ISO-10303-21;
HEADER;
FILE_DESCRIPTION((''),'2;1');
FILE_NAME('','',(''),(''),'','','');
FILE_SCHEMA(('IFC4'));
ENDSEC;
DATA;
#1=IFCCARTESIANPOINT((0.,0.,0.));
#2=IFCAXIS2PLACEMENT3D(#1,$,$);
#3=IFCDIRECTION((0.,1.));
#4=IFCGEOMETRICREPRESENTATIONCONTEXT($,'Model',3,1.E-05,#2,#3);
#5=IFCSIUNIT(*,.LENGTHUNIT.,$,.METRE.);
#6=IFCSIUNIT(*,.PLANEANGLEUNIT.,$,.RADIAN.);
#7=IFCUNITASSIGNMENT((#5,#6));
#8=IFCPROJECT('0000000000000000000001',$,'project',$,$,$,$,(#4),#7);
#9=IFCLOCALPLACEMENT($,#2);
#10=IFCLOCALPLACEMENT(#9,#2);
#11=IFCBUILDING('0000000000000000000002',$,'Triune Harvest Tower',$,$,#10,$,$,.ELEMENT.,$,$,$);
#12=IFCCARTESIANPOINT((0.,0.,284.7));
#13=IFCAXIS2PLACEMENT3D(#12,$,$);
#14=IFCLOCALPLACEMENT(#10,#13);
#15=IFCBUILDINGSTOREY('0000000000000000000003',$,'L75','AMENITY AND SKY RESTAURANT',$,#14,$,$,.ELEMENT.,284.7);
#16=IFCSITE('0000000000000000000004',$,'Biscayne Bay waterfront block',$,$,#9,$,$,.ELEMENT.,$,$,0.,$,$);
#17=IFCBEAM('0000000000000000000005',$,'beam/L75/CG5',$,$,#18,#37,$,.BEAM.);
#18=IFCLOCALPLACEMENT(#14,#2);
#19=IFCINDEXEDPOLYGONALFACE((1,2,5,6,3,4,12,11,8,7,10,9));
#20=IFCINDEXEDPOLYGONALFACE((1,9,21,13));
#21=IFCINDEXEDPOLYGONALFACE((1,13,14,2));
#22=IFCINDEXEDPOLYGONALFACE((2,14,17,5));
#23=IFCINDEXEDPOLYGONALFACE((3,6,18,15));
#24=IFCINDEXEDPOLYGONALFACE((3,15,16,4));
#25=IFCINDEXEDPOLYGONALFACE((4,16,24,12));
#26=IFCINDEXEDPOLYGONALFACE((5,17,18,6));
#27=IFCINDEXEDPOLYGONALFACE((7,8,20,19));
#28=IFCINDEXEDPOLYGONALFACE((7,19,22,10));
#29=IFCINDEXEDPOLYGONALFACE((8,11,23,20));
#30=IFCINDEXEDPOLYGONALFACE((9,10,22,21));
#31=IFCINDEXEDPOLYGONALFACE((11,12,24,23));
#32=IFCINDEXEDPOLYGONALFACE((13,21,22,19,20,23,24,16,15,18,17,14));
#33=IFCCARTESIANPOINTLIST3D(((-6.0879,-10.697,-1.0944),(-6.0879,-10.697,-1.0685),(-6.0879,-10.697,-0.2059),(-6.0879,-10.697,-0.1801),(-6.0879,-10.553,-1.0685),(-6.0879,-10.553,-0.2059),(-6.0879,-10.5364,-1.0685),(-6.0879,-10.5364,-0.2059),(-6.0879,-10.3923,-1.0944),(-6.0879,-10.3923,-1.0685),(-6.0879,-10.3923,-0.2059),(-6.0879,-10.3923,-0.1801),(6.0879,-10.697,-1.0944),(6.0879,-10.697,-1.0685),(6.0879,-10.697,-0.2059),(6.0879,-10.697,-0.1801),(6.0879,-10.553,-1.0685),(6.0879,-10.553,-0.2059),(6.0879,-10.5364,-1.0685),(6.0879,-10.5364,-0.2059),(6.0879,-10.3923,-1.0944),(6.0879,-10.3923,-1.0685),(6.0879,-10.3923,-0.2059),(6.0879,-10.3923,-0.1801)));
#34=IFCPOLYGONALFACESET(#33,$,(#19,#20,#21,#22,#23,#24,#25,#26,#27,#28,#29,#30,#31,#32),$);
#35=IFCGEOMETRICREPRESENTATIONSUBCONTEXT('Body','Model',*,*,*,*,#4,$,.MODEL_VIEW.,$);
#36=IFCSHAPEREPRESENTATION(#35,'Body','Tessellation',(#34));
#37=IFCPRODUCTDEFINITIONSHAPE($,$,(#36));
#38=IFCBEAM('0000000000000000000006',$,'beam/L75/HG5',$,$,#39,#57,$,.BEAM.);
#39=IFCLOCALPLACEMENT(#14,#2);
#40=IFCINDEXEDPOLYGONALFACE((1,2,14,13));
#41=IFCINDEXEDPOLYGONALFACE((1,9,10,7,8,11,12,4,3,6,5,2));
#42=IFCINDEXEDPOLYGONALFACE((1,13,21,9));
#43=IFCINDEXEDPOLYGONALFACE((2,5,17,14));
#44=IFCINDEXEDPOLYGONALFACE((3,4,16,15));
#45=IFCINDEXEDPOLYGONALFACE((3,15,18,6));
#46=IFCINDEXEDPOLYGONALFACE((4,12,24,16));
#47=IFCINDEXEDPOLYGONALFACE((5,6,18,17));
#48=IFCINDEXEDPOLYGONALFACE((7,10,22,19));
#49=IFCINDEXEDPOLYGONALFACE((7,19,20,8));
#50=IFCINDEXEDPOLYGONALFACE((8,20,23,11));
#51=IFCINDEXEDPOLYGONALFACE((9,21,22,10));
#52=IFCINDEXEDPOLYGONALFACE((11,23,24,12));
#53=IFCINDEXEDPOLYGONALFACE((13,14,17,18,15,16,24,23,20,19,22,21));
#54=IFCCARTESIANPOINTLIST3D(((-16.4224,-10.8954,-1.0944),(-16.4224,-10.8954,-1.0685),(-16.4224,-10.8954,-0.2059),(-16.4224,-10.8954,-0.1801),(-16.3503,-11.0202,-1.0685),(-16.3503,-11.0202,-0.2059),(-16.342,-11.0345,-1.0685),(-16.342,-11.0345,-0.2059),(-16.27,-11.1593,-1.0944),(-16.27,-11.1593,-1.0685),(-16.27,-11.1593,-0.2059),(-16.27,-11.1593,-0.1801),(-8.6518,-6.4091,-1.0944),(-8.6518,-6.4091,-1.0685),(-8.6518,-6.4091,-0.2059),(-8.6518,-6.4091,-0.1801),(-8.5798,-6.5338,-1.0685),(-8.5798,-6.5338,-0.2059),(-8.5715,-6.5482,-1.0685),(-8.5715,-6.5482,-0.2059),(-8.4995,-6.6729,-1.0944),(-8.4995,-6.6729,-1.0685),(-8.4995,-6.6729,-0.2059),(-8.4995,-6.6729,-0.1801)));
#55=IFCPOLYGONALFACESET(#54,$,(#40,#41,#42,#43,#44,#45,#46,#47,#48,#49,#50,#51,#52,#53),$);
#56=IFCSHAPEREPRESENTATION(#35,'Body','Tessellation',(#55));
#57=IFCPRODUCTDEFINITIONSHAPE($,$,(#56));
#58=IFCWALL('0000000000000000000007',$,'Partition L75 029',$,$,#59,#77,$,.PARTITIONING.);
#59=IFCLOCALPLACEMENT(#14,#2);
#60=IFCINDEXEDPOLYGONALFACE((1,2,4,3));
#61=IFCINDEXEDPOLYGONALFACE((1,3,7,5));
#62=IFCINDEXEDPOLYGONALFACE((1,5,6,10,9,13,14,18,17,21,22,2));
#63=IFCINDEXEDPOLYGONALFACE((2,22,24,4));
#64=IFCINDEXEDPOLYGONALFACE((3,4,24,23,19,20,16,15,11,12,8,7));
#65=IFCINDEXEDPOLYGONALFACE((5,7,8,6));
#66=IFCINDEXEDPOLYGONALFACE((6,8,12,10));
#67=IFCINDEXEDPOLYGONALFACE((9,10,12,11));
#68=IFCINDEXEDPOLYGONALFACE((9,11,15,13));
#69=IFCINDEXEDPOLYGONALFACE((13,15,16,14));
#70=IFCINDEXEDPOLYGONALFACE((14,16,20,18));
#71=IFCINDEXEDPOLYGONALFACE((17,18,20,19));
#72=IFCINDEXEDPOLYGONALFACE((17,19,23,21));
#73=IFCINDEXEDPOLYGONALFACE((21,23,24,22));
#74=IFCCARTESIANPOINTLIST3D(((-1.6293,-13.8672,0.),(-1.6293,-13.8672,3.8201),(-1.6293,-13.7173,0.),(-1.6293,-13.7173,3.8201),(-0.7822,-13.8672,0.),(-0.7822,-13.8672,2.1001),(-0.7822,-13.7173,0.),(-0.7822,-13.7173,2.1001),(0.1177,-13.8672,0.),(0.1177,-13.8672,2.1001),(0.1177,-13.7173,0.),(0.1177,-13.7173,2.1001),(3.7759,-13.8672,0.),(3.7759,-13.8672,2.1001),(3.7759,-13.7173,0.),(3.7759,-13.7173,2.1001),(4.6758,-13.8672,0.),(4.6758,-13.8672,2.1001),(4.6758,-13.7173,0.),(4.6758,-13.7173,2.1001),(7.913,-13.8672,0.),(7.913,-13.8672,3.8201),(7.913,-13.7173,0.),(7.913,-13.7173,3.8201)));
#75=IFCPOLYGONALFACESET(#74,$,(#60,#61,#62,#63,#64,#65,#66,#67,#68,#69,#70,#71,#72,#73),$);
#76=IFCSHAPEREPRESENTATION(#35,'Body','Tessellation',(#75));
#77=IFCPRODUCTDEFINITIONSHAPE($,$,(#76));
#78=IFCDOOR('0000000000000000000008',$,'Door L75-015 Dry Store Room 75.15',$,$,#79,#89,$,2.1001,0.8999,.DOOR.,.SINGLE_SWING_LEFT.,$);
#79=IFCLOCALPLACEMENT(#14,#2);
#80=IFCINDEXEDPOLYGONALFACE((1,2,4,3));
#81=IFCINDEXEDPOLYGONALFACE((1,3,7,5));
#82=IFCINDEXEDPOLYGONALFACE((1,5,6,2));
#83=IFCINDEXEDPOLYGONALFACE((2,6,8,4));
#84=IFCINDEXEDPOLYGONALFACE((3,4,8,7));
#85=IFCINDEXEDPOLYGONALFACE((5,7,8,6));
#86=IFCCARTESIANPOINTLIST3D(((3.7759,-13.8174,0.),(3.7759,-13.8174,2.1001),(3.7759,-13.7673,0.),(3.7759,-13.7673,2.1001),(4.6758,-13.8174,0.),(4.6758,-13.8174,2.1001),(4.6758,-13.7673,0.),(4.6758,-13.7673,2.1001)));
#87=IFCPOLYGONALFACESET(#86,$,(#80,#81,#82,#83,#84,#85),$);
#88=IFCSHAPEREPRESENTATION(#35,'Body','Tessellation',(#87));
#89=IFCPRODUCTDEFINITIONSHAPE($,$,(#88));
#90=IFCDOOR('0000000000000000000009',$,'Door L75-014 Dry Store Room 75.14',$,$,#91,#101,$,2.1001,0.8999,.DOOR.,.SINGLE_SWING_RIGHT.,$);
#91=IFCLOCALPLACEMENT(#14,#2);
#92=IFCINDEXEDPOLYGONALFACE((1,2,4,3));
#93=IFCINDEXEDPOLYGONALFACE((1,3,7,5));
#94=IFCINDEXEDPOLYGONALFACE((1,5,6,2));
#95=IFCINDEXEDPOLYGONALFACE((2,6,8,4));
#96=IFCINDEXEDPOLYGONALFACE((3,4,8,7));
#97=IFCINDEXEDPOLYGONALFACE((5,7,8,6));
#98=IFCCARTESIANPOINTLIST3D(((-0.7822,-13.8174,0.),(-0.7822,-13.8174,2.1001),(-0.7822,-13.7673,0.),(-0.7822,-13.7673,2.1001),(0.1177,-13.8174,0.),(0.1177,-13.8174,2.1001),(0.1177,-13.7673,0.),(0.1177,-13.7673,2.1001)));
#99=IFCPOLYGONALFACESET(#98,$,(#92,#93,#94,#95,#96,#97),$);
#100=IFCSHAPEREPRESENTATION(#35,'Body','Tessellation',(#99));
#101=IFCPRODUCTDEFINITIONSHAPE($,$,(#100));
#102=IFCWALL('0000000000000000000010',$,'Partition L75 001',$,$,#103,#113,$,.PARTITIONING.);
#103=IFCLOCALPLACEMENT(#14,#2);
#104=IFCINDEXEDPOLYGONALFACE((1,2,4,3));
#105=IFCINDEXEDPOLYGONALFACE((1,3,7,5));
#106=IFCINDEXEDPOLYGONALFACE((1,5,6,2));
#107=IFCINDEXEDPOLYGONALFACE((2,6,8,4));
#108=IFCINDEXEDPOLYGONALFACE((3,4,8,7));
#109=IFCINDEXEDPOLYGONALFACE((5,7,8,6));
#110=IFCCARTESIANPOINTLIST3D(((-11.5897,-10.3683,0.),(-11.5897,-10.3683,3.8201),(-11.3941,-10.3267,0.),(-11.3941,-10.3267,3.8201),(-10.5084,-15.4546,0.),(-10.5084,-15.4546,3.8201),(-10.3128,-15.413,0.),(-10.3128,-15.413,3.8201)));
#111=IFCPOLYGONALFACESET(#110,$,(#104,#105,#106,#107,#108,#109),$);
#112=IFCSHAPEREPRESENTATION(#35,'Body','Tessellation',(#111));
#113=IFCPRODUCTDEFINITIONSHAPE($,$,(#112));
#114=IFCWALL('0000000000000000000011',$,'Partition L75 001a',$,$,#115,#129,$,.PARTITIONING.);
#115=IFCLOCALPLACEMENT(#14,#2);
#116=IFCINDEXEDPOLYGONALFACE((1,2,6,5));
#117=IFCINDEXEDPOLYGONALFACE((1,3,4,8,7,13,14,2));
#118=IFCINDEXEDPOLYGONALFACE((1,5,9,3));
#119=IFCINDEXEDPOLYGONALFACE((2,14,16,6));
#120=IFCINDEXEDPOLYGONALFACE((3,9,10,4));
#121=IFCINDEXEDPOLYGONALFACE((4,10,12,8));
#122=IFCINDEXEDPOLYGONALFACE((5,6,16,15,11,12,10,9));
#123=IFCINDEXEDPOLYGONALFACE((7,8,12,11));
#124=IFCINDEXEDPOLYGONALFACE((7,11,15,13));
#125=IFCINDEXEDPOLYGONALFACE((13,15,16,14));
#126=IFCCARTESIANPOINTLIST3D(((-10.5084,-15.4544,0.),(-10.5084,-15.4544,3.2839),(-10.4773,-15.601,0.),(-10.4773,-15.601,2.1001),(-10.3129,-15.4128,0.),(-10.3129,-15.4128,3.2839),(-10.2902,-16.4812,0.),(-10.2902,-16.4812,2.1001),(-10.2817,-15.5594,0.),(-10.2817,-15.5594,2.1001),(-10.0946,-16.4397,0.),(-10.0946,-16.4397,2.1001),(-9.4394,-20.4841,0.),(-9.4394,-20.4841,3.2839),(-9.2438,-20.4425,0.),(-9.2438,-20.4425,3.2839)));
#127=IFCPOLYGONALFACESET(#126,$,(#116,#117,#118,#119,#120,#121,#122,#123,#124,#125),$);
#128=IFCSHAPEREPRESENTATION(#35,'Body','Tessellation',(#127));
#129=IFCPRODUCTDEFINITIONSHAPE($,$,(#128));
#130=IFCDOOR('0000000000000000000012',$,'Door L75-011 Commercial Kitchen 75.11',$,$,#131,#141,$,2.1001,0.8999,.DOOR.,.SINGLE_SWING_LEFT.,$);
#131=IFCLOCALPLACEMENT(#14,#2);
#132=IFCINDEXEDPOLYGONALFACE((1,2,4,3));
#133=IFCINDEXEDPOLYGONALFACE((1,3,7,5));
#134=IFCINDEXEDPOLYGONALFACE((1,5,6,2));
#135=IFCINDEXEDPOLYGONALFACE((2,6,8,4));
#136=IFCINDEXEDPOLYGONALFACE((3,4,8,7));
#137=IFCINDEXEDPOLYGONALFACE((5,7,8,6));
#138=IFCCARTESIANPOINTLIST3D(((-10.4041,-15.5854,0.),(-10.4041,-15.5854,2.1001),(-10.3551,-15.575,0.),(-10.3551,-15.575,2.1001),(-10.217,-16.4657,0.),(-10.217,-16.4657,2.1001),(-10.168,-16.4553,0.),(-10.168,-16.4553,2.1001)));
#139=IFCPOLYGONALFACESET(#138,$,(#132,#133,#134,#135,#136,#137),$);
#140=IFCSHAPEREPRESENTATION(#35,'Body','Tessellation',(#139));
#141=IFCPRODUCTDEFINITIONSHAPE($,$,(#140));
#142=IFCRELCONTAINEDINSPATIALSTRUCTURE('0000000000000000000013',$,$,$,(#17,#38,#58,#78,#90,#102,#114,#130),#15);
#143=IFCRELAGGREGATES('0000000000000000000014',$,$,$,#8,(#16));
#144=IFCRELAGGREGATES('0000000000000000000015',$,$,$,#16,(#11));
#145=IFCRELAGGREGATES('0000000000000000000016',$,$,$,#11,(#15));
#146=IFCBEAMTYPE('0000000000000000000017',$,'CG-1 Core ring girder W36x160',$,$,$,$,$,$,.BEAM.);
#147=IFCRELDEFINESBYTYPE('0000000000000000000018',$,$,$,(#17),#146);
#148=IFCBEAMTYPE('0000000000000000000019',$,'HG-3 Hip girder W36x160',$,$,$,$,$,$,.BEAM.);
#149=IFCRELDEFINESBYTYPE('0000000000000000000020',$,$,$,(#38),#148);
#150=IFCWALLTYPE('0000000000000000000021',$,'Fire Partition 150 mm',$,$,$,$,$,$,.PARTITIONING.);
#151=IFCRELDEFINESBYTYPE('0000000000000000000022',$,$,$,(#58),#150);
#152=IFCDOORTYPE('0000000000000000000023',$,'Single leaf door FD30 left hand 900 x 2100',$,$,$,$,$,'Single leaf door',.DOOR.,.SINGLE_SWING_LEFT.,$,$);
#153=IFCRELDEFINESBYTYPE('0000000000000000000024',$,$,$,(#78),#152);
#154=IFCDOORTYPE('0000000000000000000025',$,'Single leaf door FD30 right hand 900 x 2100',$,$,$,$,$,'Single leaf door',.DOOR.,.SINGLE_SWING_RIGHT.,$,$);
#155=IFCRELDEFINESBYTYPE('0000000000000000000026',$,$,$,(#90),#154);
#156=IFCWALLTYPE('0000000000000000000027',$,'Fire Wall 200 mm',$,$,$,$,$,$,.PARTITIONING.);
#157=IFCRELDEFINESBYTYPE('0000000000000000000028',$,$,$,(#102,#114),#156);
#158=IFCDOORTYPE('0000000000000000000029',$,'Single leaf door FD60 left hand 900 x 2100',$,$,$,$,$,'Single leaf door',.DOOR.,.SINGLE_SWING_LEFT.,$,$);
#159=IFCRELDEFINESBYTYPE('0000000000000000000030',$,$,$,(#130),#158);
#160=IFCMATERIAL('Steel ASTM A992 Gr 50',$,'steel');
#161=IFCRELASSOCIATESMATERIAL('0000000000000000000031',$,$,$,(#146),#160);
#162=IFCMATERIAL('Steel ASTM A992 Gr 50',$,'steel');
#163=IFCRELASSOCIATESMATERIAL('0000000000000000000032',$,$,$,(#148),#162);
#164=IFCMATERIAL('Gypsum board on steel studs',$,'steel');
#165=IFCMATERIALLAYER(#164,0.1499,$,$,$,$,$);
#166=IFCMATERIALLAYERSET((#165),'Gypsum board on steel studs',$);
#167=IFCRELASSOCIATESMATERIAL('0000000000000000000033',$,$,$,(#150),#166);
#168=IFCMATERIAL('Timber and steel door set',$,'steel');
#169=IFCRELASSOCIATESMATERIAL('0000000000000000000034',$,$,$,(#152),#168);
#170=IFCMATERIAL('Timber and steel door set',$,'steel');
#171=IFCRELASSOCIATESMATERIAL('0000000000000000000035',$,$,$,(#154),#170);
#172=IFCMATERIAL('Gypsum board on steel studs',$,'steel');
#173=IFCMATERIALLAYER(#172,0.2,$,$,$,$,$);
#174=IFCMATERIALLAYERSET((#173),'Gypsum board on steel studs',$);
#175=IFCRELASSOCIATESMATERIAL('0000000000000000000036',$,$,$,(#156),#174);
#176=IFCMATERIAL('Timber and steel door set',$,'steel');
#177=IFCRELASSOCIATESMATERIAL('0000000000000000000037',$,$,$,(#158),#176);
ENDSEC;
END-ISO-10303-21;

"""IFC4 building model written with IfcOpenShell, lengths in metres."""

from ifc_helpers import new_model, si_unit, direction, frame, frame_2d, origin, origin_2d, place, context, subcontext, project, spatial, rectangle, i_section, extrude, source, transform, mapped, material, layer, layer_set, material_profile, profile_set, type_object, element, fill, save


model = new_model("IFC4")

# Units and contexts
model_context = context("Model", 3, precision=1e-05, world=origin(), true_north=direction((0.0, 1.0)))
body_context = subcontext(model_context, "Body", "Model", "MODEL_VIEW")
ifc_project = project(units=[si_unit("LENGTHUNIT", "METRE"), si_unit("PLANEANGLEUNIT", "RADIAN")], contexts=[model_context])

# Site, building, storey
site_placement = place(None, origin())
site = spatial("IfcSite", under=ifc_project, at=site_placement, Name="Biscayne Bay waterfront block", CompositionType="ELEMENT", RefElevation=0.0)
building_placement = place(site_placement, origin())
building = spatial("IfcBuilding", under=site, at=building_placement, Name="Triune Harvest Tower", CompositionType="ELEMENT")
storey_placement = place(building_placement, frame((0.0, 0.0, 284.7)))
storey = spatial("IfcBuildingStorey", under=building, at=storey_placement, Name="L75", Description="AMENITY AND SKY RESTAURANT", CompositionType="ELEMENT", Elevation=284.7)

# Beams
ifc_material_1 = material(Name="Steel ASTM A992 Gr 50", Category="steel")
ifc_material_profile_1 = material_profile(ifc_material_1, i_section(OverallWidth=0.3047, OverallDepth=0.9143, WebThickness=0.0166, FlangeThickness=0.0259, at=origin_2d()), Name="W36x160")
ifc_profile_set_1 = profile_set([ifc_material_profile_1], Name="Steel ASTM A992 Gr 50")
beam_type_1 = type_object("IfcBeamType", Name="CG-1 Core ring girder W36x160", PredefinedType="BEAM", material=ifc_profile_set_1)
shared_shape_1 = source(origin(), body_context, "Body", "SweptSolid", [
    extrude(i_section(OverallWidth=0.3047, OverallDepth=0.9143, WebThickness=0.0166, FlangeThickness=0.0259, at=origin_2d()), origin(), (0.0, 0.0, 1.0), 12.1758),
])
beam_1_placement = place(storey_placement, frame((-6.0879, -10.5447, -0.6372), z_axis=(1.0, 0.0, 0.0), x_axis=(0.0, 1.0, 0.0)))
element("IfcBeam", 1, at=beam_1_placement, inside=storey, type_object=beam_type_1, Name="beam/L75/CG5", PredefinedType="BEAM", context=body_context, shape_type="MappedRepresentation", body=[
    mapped(shared_shape_1, transform((0.0, 0.0, 0.0), scale=1.0)),
])
ifc_material_2 = material(Name="Steel ASTM A992 Gr 50", Category="steel")
ifc_material_profile_2 = material_profile(ifc_material_2, i_section(OverallWidth=0.3047, OverallDepth=0.9143, WebThickness=0.0166, FlangeThickness=0.0259, at=origin_2d()), Name="W36x160")
ifc_profile_set_2 = profile_set([ifc_material_profile_2], Name="Steel ASTM A992 Gr 50")
beam_type_2 = type_object("IfcBeamType", Name="HG-3 Hip girder W36x160", PredefinedType="BEAM", material=ifc_profile_set_2)
shared_shape_2 = source(origin(), body_context, "Body", "SweptSolid", [
    extrude(i_section(OverallWidth=0.3047, OverallDepth=0.9143, WebThickness=0.0166, FlangeThickness=0.0259, at=origin_2d()), origin(), (0.0, 0.0, 1.0), 8.9727),
])
beam_2_placement = place(storey_placement, frame((-16.3462, -11.0273, -0.6372), z_axis=(0.866024, 0.500002, 0.0), x_axis=(-0.500002, 0.866024, 0.0)))
element("IfcBeam", 2, at=beam_2_placement, inside=storey, type_object=beam_type_2, Name="beam/L75/HG5", PredefinedType="BEAM", context=body_context, shape_type="MappedRepresentation", body=[
    mapped(shared_shape_2, transform((0.0, 0.0, 0.0), scale=1.0)),
])

# Wall, openings, doors
ifc_material_3 = material(Name="Gypsum board on steel studs", Category="steel")
ifc_layer_1 = layer(ifc_material_3, 0.1499)
ifc_layer_set_1 = layer_set([ifc_layer_1], Name="Gypsum board on steel studs")
wall_type_1 = type_object("IfcWallType", Name="Fire Partition 150 mm", PredefinedType="PARTITIONING", material=ifc_layer_set_1)
wall_1_placement = place(storey_placement, frame((-1.6292, -13.7922, 0.0), z_axis=(0.0, 0.0, 1.0), x_axis=(1.0, 0.0, 0.0)))
wall_1 = element("IfcWall", 3, at=wall_1_placement, inside=storey, type_object=wall_type_1, Name="Partition L75 029", PredefinedType="PARTITIONING", context=body_context, shape_type="SweptSolid", body=[
    extrude(rectangle(XDim=9.5422, YDim=0.1499, at=frame_2d((4.771, 0.0))), origin(), (0.0, 0.0, 1.0), 3.8201),
])
opening_1_placement = place(wall_1_placement, frame((0.8469, 0.0, 0.0)))
opening_1 = element("IfcOpeningElement", 4, at=opening_1_placement, cuts=wall_1, PredefinedType="OPENING", context=body_context, shape_type="SweptSolid", body=[
    extrude(rectangle(XDim=0.8999, YDim=2.1001, at=frame_2d((0.45, 1.05))), frame((0.0, 0.085, 0.0), z_axis=(0.0, -1.0, 0.0), x_axis=(1.0, 0.0, 0.0)), (0.0, 0.0, 1.0), 0.1699),
])
opening_2_placement = place(wall_1_placement, frame((5.405, 0.0, 0.0)))
opening_2 = element("IfcOpeningElement", 5, at=opening_2_placement, cuts=wall_1, PredefinedType="OPENING", context=body_context, shape_type="SweptSolid", body=[
    extrude(rectangle(XDim=0.8999, YDim=2.1001, at=frame_2d((0.45, 1.05))), frame((0.0, 0.085, 0.0), z_axis=(0.0, -1.0, 0.0), x_axis=(1.0, 0.0, 0.0)), (0.0, 0.0, 1.0), 0.1699),
])
ifc_material_4 = material(Name="Timber and steel door set", Category="steel")
door_type_1 = type_object("IfcDoorType", Name="Single leaf door FD30 left hand 900 x 2100", ElementType="Single leaf door", OperationType="SINGLE_SWING_LEFT", PredefinedType="DOOR", material=ifc_material_4)
door_1_placement = place(opening_2_placement, origin())
door_1 = element("IfcDoor", 6, at=door_1_placement, inside=storey, type_object=door_type_1, Name="Door L75-015 Dry Store Room 75.15", OperationType="SINGLE_SWING_LEFT", OverallHeight=2.1001, OverallWidth=0.8999, PredefinedType="DOOR", context=body_context, shape_type="SweptSolid", body=[
    extrude(rectangle(XDim=0.8999, YDim=2.1001, at=frame_2d((0.45, 1.05))), frame((0.0, 0.0249, 0.0), z_axis=(0.0, -1.0, 0.0), x_axis=(1.0, 0.0, 0.0)), (0.0, 0.0, 1.0), 0.05),
])
fill(opening_2, door_1)
ifc_material_5 = material(Name="Timber and steel door set", Category="steel")
door_type_2 = type_object("IfcDoorType", Name="Single leaf door FD30 right hand 900 x 2100", ElementType="Single leaf door", OperationType="SINGLE_SWING_RIGHT", PredefinedType="DOOR", material=ifc_material_5)
door_2_placement = place(opening_1_placement, origin())
door_2 = element("IfcDoor", 7, at=door_2_placement, inside=storey, type_object=door_type_2, Name="Door L75-014 Dry Store Room 75.14", OperationType="SINGLE_SWING_RIGHT", OverallHeight=2.1001, OverallWidth=0.8999, PredefinedType="DOOR", context=body_context, shape_type="SweptSolid", body=[
    extrude(rectangle(XDim=0.8999, YDim=2.1001, at=frame_2d((0.45, 1.05))), frame((0.0, 0.0249, 0.0), z_axis=(0.0, -1.0, 0.0), x_axis=(1.0, 0.0, 0.0)), (0.0, 0.0, 1.0), 0.05),
])
fill(opening_1, door_2)

# Wall
ifc_material_6 = material(Name="Gypsum board on steel studs", Category="steel")
ifc_layer_2 = layer(ifc_material_6, 0.2)
ifc_layer_set_2 = layer_set([ifc_layer_2], Name="Gypsum board on steel studs")
wall_type_2 = type_object("IfcWallType", Name="Fire Wall 200 mm", PredefinedType="PARTITIONING", material=ifc_layer_set_2)
wall_2_placement = place(storey_placement, frame((-11.4919, -10.3474, 0.0), z_axis=(0.0, 0.0, 1.0), x_axis=(0.207948, -0.97814, 0.0)))
element("IfcWall", 8, at=wall_2_placement, inside=storey, type_object=wall_type_2, Name="Partition L75 001", PredefinedType="PARTITIONING", context=body_context, shape_type="SweptSolid", body=[
    extrude(rectangle(XDim=5.2, YDim=0.2, at=frame_2d((2.6001, 0.0))), origin(), (0.0, 0.0, 1.0), 3.8201),
])

# Wall, opening, door
wall_3_placement = place(storey_placement, frame((-10.4106, -15.4336, 0.0), z_axis=(0.0, 0.0, 1.0), x_axis=(0.207908, -0.978148, 0.0)))
wall_3 = element("IfcWall", 9, at=wall_3_placement, inside=storey, type_object=wall_type_2, Name="Partition L75 001a", PredefinedType="PARTITIONING", context=body_context, shape_type="SweptSolid", body=[
    extrude(rectangle(XDim=5.1421, YDim=0.2, at=frame_2d((2.571, 0.0))), origin(), (0.0, 0.0, 1.0), 3.2839),
])
opening_3_placement = place(wall_3_placement, frame((0.1499, 0.0, 0.0)))
opening_3 = element("IfcOpeningElement", 10, at=opening_3_placement, cuts=wall_3, PredefinedType="OPENING", context=body_context, shape_type="SweptSolid", body=[
    extrude(rectangle(XDim=0.8999, YDim=2.1001, at=frame_2d((0.45, 1.05))), frame((0.0, 0.1099, 0.0), z_axis=(0.0, -1.0, 0.0), x_axis=(1.0, 0.0, 0.0)), (0.0, 0.0, 1.0), 0.22),
])
ifc_material_7 = material(Name="Timber and steel door set", Category="steel")
door_type_3 = type_object("IfcDoorType", Name="Single leaf door FD60 left hand 900 x 2100", ElementType="Single leaf door", OperationType="SINGLE_SWING_LEFT", PredefinedType="DOOR", material=ifc_material_7)
door_3_placement = place(opening_3_placement, origin())
door_3 = element("IfcDoor", 11, at=door_3_placement, inside=storey, type_object=door_type_3, Name="Door L75-011 Commercial Kitchen 75.11", OperationType="SINGLE_SWING_LEFT", OverallHeight=2.1001, OverallWidth=0.8999, PredefinedType="DOOR", context=body_context, shape_type="SweptSolid", body=[
    extrude(rectangle(XDim=0.8999, YDim=2.1001, at=frame_2d((0.45, 1.05))), frame((0.0, 0.0249, 0.0), z_axis=(0.0, -1.0, 0.0), x_axis=(1.0, 0.0, 0.0)), (0.0, 0.0, 1.0), 0.05),
])
fill(opening_3, door_3)

save(model, "model.ifc")
